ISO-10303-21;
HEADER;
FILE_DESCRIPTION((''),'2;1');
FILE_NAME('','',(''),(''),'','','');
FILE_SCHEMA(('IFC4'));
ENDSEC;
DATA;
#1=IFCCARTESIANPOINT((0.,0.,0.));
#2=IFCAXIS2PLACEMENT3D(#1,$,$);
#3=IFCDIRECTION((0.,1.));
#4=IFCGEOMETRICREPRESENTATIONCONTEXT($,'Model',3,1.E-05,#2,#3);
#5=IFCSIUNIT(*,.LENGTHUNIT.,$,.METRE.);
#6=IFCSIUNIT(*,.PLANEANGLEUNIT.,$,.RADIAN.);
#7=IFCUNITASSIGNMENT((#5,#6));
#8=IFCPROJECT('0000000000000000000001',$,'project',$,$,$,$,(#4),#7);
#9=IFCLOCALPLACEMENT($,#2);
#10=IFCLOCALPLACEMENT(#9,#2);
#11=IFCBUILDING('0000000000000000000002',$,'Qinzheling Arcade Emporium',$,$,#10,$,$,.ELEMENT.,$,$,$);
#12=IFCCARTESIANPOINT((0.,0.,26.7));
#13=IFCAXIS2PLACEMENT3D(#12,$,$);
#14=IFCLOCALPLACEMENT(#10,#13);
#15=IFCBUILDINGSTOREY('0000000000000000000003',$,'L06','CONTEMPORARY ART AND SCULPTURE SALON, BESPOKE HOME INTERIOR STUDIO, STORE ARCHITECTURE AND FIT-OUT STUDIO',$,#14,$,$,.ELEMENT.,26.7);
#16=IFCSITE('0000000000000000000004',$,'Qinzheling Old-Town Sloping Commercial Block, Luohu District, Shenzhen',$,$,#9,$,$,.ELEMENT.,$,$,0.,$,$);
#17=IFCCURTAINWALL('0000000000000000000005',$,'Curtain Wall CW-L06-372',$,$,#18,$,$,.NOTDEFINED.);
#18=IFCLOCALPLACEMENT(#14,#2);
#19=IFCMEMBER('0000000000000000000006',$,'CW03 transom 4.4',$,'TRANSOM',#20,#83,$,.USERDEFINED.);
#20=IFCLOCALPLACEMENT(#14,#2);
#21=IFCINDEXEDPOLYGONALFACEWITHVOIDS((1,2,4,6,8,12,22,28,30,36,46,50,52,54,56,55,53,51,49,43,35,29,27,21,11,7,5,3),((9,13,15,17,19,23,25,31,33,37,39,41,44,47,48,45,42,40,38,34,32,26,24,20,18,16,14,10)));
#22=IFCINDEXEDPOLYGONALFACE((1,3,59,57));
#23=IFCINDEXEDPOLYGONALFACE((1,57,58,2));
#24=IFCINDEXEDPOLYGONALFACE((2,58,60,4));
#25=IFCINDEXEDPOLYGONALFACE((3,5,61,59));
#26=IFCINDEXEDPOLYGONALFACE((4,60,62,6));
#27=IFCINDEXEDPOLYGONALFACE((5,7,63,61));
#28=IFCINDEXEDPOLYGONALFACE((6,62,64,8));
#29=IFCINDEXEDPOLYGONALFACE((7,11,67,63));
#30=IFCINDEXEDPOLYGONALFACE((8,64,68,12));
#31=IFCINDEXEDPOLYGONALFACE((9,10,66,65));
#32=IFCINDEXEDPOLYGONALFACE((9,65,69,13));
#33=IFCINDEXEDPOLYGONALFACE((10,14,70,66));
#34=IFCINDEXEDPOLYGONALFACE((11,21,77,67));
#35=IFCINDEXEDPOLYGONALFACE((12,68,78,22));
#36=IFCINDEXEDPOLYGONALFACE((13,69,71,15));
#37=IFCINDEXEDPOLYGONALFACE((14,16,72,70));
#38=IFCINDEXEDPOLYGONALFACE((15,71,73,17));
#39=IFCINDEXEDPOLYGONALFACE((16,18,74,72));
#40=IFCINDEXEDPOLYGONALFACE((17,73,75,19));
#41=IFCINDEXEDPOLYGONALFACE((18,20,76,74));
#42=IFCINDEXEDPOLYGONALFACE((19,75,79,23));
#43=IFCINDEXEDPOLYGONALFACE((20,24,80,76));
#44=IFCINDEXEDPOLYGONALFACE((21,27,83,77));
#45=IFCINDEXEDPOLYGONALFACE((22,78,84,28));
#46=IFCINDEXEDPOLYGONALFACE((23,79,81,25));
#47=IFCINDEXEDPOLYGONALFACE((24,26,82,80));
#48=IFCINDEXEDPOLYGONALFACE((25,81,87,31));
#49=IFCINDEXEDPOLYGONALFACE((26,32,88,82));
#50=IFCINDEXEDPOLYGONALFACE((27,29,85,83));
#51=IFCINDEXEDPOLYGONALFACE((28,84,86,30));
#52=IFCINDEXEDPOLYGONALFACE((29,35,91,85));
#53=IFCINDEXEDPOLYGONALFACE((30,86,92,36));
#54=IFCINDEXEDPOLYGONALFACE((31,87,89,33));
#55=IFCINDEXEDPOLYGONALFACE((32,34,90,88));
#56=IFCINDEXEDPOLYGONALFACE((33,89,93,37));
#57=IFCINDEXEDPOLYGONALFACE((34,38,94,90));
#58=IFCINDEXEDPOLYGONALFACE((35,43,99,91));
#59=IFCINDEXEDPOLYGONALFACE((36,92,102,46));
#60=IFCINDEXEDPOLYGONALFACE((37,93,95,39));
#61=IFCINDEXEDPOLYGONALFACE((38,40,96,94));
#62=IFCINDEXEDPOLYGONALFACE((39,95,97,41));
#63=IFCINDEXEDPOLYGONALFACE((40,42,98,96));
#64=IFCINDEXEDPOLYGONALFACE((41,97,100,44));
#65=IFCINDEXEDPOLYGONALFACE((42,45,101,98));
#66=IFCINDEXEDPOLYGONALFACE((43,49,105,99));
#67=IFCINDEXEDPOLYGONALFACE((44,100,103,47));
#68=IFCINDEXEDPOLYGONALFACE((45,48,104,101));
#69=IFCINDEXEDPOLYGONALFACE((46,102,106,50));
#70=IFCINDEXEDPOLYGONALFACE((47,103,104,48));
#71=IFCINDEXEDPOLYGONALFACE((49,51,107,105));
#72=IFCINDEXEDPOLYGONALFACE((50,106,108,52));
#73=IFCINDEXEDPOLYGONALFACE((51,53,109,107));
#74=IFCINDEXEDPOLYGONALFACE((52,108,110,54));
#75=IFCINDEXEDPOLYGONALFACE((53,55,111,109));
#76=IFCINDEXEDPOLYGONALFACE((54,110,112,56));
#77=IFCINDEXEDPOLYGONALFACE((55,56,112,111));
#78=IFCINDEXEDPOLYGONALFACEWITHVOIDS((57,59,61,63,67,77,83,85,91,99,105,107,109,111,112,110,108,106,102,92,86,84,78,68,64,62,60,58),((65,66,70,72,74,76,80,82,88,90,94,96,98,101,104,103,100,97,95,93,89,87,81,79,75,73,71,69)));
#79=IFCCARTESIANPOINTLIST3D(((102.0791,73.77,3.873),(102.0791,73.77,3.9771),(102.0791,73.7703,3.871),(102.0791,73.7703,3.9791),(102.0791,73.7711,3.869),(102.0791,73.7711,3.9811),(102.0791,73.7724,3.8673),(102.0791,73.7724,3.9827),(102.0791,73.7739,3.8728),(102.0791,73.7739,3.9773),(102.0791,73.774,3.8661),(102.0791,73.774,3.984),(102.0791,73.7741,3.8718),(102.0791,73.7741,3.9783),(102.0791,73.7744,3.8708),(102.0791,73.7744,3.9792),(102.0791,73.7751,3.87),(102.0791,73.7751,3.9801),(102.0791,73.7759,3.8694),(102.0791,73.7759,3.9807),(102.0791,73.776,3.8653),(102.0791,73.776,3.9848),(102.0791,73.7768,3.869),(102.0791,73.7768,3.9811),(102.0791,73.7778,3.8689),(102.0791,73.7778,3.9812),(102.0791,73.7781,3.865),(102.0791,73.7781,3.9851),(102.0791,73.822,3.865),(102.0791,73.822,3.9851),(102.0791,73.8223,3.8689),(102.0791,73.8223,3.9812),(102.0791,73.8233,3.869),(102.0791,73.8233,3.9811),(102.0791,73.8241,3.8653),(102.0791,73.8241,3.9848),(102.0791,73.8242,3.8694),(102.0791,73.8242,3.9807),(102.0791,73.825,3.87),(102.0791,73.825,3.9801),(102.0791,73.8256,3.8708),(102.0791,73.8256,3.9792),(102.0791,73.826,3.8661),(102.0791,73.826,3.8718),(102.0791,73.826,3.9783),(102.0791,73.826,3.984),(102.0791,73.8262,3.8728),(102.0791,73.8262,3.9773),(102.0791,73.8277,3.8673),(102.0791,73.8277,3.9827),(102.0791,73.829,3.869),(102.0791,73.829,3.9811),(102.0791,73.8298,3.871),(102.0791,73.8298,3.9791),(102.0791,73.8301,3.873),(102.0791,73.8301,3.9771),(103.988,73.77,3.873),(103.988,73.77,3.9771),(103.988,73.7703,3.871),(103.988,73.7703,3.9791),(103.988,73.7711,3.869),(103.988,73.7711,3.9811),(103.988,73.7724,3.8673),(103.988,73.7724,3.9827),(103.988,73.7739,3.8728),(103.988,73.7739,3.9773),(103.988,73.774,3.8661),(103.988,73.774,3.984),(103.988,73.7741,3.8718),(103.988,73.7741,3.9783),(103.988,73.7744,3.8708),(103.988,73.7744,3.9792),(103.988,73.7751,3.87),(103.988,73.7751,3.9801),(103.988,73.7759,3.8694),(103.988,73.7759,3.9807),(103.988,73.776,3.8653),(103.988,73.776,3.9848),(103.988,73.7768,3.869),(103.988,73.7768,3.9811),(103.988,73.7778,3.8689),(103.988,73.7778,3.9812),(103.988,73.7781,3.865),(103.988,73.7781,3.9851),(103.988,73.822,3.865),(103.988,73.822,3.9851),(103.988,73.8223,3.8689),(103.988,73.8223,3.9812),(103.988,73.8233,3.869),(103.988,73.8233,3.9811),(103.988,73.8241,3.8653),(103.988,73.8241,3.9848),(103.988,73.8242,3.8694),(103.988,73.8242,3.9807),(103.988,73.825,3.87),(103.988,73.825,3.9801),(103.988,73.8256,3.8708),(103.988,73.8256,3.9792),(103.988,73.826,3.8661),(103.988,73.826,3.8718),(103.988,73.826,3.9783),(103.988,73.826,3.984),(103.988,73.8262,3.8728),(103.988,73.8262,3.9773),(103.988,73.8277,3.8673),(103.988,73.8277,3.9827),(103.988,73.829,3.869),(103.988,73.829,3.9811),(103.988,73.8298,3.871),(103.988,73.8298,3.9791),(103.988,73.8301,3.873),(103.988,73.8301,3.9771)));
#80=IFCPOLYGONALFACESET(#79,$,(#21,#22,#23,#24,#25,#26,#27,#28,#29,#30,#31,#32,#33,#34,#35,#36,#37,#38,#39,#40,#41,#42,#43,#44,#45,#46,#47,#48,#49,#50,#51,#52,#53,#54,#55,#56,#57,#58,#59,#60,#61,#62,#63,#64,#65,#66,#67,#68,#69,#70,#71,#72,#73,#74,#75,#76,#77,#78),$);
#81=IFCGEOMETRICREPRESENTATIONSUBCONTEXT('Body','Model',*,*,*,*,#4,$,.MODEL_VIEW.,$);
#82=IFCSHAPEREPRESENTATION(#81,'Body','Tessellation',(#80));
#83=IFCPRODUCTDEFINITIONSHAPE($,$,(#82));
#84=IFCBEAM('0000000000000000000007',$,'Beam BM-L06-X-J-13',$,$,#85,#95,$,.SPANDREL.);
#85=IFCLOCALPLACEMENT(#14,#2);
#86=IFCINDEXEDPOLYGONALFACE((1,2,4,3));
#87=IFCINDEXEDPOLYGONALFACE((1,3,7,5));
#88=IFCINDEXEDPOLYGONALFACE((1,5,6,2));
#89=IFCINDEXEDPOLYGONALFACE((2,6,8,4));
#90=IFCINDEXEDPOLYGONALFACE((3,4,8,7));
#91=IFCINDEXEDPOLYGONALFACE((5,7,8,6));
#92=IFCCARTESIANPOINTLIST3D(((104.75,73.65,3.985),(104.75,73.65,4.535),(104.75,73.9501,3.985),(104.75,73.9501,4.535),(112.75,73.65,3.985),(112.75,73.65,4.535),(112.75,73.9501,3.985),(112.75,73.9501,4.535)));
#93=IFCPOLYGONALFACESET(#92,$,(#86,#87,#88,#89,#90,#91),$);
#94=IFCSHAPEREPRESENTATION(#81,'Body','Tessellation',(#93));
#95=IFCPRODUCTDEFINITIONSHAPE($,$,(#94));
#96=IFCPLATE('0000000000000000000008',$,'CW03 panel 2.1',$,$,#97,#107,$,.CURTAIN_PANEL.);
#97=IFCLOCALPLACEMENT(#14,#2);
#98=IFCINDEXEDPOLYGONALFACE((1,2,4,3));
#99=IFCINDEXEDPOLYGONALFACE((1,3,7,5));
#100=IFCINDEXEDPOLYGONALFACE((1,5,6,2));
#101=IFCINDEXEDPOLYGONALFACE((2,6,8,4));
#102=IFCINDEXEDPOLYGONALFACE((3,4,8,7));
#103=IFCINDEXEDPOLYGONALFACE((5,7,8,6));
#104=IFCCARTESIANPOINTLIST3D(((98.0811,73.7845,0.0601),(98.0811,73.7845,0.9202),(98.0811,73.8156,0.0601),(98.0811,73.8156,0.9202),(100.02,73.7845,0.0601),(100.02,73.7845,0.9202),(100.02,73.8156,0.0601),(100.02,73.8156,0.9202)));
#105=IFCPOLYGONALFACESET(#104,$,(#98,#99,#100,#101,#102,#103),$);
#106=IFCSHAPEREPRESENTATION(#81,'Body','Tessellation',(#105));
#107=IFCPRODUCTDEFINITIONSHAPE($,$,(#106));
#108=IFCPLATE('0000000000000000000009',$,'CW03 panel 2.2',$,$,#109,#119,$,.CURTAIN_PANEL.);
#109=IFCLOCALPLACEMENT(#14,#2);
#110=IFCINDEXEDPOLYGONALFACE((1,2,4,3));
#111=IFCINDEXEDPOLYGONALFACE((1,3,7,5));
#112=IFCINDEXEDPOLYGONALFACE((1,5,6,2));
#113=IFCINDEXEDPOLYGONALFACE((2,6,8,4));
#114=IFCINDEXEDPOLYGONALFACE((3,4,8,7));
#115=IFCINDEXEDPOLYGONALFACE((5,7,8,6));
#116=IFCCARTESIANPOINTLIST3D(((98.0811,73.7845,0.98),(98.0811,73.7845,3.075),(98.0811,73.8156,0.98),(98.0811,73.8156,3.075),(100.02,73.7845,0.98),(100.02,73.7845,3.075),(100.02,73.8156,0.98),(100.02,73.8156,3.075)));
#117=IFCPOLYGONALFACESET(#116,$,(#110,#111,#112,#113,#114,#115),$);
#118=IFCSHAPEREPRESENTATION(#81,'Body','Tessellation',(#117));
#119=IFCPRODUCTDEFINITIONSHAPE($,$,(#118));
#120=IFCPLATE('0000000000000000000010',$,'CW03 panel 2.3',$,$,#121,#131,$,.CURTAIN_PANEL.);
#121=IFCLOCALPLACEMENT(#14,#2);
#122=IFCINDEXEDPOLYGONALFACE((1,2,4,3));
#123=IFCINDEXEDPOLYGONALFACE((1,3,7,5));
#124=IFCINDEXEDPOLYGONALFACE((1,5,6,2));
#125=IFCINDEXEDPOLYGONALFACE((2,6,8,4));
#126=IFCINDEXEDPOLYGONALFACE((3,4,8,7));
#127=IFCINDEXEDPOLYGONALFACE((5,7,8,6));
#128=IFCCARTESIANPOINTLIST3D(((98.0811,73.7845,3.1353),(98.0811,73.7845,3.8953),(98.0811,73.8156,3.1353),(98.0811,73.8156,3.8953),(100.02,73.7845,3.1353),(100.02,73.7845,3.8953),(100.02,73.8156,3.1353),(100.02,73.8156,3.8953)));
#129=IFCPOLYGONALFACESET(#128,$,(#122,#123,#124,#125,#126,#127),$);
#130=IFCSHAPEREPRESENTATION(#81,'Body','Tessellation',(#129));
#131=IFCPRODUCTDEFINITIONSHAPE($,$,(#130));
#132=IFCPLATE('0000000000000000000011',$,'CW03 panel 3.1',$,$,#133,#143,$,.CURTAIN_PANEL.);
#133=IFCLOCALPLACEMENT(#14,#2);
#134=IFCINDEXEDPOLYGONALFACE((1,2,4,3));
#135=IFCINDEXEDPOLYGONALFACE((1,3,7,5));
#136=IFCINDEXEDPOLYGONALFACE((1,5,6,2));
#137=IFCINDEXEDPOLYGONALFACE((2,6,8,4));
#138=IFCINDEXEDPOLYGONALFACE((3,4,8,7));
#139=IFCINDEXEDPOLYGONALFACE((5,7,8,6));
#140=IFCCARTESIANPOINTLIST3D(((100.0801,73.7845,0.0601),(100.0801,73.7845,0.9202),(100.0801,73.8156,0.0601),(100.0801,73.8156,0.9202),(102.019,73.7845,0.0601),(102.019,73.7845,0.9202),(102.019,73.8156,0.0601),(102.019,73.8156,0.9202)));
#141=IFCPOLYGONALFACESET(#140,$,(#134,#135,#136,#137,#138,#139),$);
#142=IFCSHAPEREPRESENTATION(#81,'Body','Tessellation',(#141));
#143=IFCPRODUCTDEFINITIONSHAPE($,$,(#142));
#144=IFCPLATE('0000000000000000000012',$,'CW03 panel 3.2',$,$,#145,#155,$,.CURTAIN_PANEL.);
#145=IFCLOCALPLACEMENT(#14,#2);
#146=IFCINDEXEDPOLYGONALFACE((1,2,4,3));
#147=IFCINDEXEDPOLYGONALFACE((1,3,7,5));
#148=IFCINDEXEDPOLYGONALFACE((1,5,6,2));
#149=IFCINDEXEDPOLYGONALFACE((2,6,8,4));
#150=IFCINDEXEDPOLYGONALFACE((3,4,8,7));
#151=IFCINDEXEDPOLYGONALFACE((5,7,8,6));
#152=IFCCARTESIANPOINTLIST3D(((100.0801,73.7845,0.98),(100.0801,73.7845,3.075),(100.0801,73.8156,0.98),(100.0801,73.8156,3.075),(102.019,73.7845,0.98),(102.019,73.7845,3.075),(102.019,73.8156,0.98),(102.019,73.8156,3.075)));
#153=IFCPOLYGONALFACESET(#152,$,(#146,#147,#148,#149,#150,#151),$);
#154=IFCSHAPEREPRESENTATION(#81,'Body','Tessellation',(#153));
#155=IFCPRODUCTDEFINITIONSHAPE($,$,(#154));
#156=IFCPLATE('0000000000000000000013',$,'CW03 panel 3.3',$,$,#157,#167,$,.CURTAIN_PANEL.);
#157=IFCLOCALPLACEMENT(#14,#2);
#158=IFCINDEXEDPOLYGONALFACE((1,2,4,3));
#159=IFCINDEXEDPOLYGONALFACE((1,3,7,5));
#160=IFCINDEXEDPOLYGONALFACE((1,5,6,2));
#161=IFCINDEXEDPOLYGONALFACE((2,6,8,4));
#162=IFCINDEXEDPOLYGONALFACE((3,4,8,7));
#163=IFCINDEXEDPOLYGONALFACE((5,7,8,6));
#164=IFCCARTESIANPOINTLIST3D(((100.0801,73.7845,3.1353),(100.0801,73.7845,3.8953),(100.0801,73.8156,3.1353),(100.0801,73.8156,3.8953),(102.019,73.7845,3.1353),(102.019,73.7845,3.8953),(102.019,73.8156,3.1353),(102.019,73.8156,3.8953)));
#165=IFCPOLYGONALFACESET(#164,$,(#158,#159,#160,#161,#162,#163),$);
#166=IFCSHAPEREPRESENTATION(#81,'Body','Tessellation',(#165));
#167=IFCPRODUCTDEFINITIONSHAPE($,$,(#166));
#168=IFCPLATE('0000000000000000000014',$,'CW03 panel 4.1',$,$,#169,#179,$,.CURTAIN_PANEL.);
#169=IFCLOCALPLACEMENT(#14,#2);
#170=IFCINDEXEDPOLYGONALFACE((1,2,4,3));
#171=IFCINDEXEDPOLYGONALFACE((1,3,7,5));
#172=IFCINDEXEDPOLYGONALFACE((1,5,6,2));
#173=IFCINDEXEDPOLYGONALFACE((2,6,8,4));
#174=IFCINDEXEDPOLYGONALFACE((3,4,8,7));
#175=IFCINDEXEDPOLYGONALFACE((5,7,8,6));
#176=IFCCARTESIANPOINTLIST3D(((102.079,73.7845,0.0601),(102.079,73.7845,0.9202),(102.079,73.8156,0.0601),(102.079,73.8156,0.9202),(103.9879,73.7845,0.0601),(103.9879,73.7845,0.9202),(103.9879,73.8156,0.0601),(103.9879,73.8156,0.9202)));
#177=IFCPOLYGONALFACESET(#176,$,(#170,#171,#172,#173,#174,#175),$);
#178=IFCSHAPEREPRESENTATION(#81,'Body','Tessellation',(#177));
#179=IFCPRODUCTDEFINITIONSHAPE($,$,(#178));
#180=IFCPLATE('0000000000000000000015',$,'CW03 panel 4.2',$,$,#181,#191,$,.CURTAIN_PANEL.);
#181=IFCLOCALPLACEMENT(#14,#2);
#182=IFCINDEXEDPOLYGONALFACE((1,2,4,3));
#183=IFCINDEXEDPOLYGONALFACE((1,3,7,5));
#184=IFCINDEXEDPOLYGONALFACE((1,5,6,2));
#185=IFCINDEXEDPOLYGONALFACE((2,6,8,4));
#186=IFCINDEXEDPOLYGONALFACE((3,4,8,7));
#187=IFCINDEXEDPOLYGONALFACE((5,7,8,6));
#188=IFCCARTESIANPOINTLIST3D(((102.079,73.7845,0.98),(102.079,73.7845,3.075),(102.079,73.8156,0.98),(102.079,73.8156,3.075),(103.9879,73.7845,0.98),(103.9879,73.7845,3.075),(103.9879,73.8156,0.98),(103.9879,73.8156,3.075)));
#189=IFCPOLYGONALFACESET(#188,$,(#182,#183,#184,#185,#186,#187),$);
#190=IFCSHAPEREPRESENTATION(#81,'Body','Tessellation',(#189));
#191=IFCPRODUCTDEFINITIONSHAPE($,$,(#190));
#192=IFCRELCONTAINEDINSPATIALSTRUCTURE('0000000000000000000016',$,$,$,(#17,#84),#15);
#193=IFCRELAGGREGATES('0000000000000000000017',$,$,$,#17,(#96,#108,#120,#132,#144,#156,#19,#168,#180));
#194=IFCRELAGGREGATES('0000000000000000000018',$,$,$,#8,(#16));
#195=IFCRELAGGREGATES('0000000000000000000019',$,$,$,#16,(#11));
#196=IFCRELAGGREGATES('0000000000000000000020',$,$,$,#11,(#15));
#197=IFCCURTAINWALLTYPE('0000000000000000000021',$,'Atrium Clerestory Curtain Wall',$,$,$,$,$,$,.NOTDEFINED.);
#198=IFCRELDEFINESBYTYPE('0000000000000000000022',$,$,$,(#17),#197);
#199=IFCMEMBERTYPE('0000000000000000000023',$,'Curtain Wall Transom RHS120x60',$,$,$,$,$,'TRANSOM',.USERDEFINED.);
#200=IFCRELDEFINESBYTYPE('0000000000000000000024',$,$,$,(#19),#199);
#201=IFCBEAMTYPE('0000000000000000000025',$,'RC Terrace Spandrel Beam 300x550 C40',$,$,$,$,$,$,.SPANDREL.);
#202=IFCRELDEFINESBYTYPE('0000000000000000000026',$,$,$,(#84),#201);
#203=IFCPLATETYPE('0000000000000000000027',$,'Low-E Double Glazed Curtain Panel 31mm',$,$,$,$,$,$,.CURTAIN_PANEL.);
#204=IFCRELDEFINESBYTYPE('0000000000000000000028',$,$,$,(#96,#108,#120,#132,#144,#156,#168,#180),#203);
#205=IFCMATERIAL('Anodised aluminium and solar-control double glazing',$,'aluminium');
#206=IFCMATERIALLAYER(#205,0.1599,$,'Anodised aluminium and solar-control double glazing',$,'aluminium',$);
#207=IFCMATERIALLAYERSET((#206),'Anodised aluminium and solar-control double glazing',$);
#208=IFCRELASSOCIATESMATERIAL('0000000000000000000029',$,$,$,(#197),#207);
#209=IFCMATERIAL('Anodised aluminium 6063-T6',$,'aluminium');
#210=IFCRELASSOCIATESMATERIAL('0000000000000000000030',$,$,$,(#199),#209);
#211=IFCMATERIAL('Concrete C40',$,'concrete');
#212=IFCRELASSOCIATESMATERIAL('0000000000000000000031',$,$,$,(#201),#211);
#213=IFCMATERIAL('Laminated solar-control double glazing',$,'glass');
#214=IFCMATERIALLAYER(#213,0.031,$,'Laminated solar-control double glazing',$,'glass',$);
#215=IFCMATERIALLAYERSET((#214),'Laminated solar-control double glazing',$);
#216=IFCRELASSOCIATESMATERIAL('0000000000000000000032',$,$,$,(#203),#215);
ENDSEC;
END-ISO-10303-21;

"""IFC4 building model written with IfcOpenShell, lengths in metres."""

from ifc_helpers import new_model, si_unit, direction, frame, origin, origin_2d, place, context, subcontext, project, spatial, rectangle, hollow_rectangle, extrude, material, layer, layer_set, material_profile, profile_set, type_object, element, aggregate, save


model = new_model("IFC4")

# Units and contexts
model_context = context("Model", 3, precision=1e-05, world=origin(), true_north=direction((0.0, 1.0)))
body_context = subcontext(model_context, "Body", "Model", "MODEL_VIEW")
ifc_project = project(units=[si_unit("LENGTHUNIT", "METRE"), si_unit("PLANEANGLEUNIT", "RADIAN")], contexts=[model_context])

# Site, building, storey
site_placement = place(None, origin())
site = spatial("IfcSite", under=ifc_project, at=site_placement, Name="Qinzheling Old-Town Sloping Commercial Block, Luohu District, Shenzhen", CompositionType="ELEMENT", RefElevation=0.0)
building_placement = place(site_placement, origin())
building = spatial("IfcBuilding", under=site, at=building_placement, Name="Qinzheling Arcade Emporium", CompositionType="ELEMENT")
storey_placement = place(building_placement, frame((0.0, 0.0, 26.7)))
storey = spatial("IfcBuildingStorey", under=building, at=storey_placement, Name="L06", Description="CONTEMPORARY ART AND SCULPTURE SALON, BESPOKE HOME INTERIOR STUDIO, STORE ARCHITECTURE AND FIT-OUT STUDIO", CompositionType="ELEMENT", Elevation=26.7)

# Shared definitions
ifc_material_1 = material(Name="Concrete C40", Category="concrete")

# Curtain wall, member
ifc_material_2 = material(Name="Anodised aluminium and solar-control double glazing", Category="aluminium")
ifc_layer_1 = layer(ifc_material_2, 0.1599, Name="Anodised aluminium and solar-control double glazing", Category="aluminium")
ifc_layer_set_1 = layer_set([ifc_layer_1], Name="Anodised aluminium and solar-control double glazing")
curtain_wall_type = type_object("IfcCurtainWallType", Name="Atrium Clerestory Curtain Wall", PredefinedType="NOTDEFINED", material=ifc_layer_set_1)
curtain_wall_placement = place(storey_placement, origin())
curtain_wall = element("IfcCurtainWall", 1, at=curtain_wall_placement, inside=storey, type_object=curtain_wall_type, Name="Curtain Wall CW-L06-372", PredefinedType="NOTDEFINED")
ifc_material_3 = material(Name="Anodised aluminium 6063-T6", Category="aluminium")
ifc_material_profile_1 = material_profile(ifc_material_3, hollow_rectangle(XDim=0.0601, YDim=0.1201, WallThickness=0.0039, InnerFilletRadius=0.0039, OuterFilletRadius=0.0081, at=origin_2d()), Name="RHS 120x60x4", Category="aluminium")
ifc_profile_set_1 = profile_set([ifc_material_profile_1], Name="Anodised aluminium 6063-T6")
member_type_1 = type_object("IfcMemberType", Name="Curtain Wall Transom RHS120x60", ElementType="TRANSOM", PredefinedType="USERDEFINED", material=ifc_profile_set_1)
member_1_placement = place(storey_placement, frame((102.0791, 73.8, 3.925), z_axis=(1.0, 0.0, 0.0), x_axis=(0.0, 1.0, 0.0)))
member_1 = element("IfcMember", 2, at=member_1_placement, type_object=member_type_1, Name="CW03 transom 4.4", ObjectType="TRANSOM", PredefinedType="USERDEFINED", context=body_context, shape_type="SweptSolid", body=[
    extrude(hollow_rectangle(XDim=0.0601, YDim=0.1201, WallThickness=0.0039, InnerFilletRadius=0.0039, OuterFilletRadius=0.0081, at=origin_2d()), origin(), (0.0, 0.0, 1.0), 1.9089),
])

# Beam
ifc_material_profile_2 = material_profile(ifc_material_1, rectangle(XDim=0.3, YDim=0.55, at=origin_2d()), Name="RC 300x550", Category="concrete")
ifc_profile_set_2 = profile_set([ifc_material_profile_2], Name="Concrete C40")
beam_type = type_object("IfcBeamType", Name="RC Terrace Spandrel Beam 300x550 C40", PredefinedType="SPANDREL", material=ifc_profile_set_2)
beam_placement = place(storey_placement, frame((104.75, 73.8, 4.26), z_axis=(1.0, 0.0, 0.0), x_axis=(0.0, 1.0, 0.0)))
element("IfcBeam", 3, at=beam_placement, inside=storey, type_object=beam_type, Name="Beam BM-L06-X-J-13", PredefinedType="SPANDREL", context=body_context, shape_type="SweptSolid", body=[
    extrude(rectangle(XDim=0.3, YDim=0.55, at=origin_2d()), origin(), (0.0, 0.0, 1.0), 8.0),
])

# Plates
ifc_material_4 = material(Name="Laminated solar-control double glazing", Category="glass")
ifc_layer_2 = layer(ifc_material_4, 0.031, Name="Laminated solar-control double glazing", Category="glass")
ifc_layer_set_2 = layer_set([ifc_layer_2], Name="Laminated solar-control double glazing")
plate_type = type_object("IfcPlateType", Name="Low-E Double Glazed Curtain Panel 31mm", PredefinedType="CURTAIN_PANEL", material=ifc_layer_set_2)
plate_1_placement = place(storey_placement, frame((99.0505, 73.8, 0.0601), z_axis=(0.0, 0.0, 1.0), x_axis=(1.0, 0.0, 0.0)))
plate_1 = element("IfcPlate", 4, at=plate_1_placement, type_object=plate_type, Name="CW03 panel 2.1", PredefinedType="CURTAIN_PANEL", context=body_context, shape_type="SweptSolid", body=[
    extrude(rectangle(XDim=1.939, YDim=0.031, at=origin_2d()), origin(), (0.0, 0.0, 1.0), 0.8601),
])
plate_2_placement = place(storey_placement, frame((99.0505, 73.8, 0.98), z_axis=(0.0, 0.0, 1.0), x_axis=(1.0, 0.0, 0.0)))
plate_2 = element("IfcPlate", 5, at=plate_2_placement, type_object=plate_type, Name="CW03 panel 2.2", PredefinedType="CURTAIN_PANEL", context=body_context, shape_type="SweptSolid", body=[
    extrude(rectangle(XDim=1.939, YDim=0.031, at=origin_2d()), origin(), (0.0, 0.0, 1.0), 2.095),
])
plate_3_placement = place(storey_placement, frame((99.0505, 73.8, 3.1353), z_axis=(0.0, 0.0, 1.0), x_axis=(1.0, 0.0, 0.0)))
plate_3 = element("IfcPlate", 6, at=plate_3_placement, type_object=plate_type, Name="CW03 panel 2.3", PredefinedType="CURTAIN_PANEL", context=body_context, shape_type="SweptSolid", body=[
    extrude(rectangle(XDim=1.939, YDim=0.031, at=origin_2d()), origin(), (0.0, 0.0, 1.0), 0.76),
])
plate_4_placement = place(storey_placement, frame((101.0496, 73.8, 0.0601), z_axis=(0.0, 0.0, 1.0), x_axis=(1.0, 0.0, 0.0)))
plate_4 = element("IfcPlate", 7, at=plate_4_placement, type_object=plate_type, Name="CW03 panel 3.1", PredefinedType="CURTAIN_PANEL", context=body_context, shape_type="SweptSolid", body=[
    extrude(rectangle(XDim=1.939, YDim=0.031, at=origin_2d()), origin(), (0.0, 0.0, 1.0), 0.8601),
])
plate_5_placement = place(storey_placement, frame((101.0496, 73.8, 0.98), z_axis=(0.0, 0.0, 1.0), x_axis=(1.0, 0.0, 0.0)))
plate_5 = element("IfcPlate", 8, at=plate_5_placement, type_object=plate_type, Name="CW03 panel 3.2", PredefinedType="CURTAIN_PANEL", context=body_context, shape_type="SweptSolid", body=[
    extrude(rectangle(XDim=1.939, YDim=0.031, at=origin_2d()), origin(), (0.0, 0.0, 1.0), 2.095),
])
plate_6_placement = place(storey_placement, frame((101.0496, 73.8, 3.1353), z_axis=(0.0, 0.0, 1.0), x_axis=(1.0, 0.0, 0.0)))
plate_6 = element("IfcPlate", 9, at=plate_6_placement, type_object=plate_type, Name="CW03 panel 3.3", PredefinedType="CURTAIN_PANEL", context=body_context, shape_type="SweptSolid", body=[
    extrude(rectangle(XDim=1.939, YDim=0.031, at=origin_2d()), origin(), (0.0, 0.0, 1.0), 0.76),
])
plate_7_placement = place(storey_placement, frame((103.0334, 73.8, 0.0601), z_axis=(0.0, 0.0, 1.0), x_axis=(1.0, 0.0, 0.0)))
plate_7 = element("IfcPlate", 10, at=plate_7_placement, type_object=plate_type, Name="CW03 panel 4.1", PredefinedType="CURTAIN_PANEL", context=body_context, shape_type="SweptSolid", body=[
    extrude(rectangle(XDim=1.9089, YDim=0.031, at=origin_2d()), origin(), (0.0, 0.0, 1.0), 0.8601),
])
plate_8_placement = place(storey_placement, frame((103.0334, 73.8, 0.98), z_axis=(0.0, 0.0, 1.0), x_axis=(1.0, 0.0, 0.0)))
plate_8 = element("IfcPlate", 11, at=plate_8_placement, type_object=plate_type, Name="CW03 panel 4.2", PredefinedType="CURTAIN_PANEL", context=body_context, shape_type="SweptSolid", body=[
    extrude(rectangle(XDim=1.9089, YDim=0.031, at=origin_2d()), origin(), (0.0, 0.0, 1.0), 2.095),
])
aggregate(curtain_wall, [plate_1, plate_2, plate_3, plate_4, plate_5, plate_6, member_1, plate_7, plate_8])

save(model, "model.ifc")
